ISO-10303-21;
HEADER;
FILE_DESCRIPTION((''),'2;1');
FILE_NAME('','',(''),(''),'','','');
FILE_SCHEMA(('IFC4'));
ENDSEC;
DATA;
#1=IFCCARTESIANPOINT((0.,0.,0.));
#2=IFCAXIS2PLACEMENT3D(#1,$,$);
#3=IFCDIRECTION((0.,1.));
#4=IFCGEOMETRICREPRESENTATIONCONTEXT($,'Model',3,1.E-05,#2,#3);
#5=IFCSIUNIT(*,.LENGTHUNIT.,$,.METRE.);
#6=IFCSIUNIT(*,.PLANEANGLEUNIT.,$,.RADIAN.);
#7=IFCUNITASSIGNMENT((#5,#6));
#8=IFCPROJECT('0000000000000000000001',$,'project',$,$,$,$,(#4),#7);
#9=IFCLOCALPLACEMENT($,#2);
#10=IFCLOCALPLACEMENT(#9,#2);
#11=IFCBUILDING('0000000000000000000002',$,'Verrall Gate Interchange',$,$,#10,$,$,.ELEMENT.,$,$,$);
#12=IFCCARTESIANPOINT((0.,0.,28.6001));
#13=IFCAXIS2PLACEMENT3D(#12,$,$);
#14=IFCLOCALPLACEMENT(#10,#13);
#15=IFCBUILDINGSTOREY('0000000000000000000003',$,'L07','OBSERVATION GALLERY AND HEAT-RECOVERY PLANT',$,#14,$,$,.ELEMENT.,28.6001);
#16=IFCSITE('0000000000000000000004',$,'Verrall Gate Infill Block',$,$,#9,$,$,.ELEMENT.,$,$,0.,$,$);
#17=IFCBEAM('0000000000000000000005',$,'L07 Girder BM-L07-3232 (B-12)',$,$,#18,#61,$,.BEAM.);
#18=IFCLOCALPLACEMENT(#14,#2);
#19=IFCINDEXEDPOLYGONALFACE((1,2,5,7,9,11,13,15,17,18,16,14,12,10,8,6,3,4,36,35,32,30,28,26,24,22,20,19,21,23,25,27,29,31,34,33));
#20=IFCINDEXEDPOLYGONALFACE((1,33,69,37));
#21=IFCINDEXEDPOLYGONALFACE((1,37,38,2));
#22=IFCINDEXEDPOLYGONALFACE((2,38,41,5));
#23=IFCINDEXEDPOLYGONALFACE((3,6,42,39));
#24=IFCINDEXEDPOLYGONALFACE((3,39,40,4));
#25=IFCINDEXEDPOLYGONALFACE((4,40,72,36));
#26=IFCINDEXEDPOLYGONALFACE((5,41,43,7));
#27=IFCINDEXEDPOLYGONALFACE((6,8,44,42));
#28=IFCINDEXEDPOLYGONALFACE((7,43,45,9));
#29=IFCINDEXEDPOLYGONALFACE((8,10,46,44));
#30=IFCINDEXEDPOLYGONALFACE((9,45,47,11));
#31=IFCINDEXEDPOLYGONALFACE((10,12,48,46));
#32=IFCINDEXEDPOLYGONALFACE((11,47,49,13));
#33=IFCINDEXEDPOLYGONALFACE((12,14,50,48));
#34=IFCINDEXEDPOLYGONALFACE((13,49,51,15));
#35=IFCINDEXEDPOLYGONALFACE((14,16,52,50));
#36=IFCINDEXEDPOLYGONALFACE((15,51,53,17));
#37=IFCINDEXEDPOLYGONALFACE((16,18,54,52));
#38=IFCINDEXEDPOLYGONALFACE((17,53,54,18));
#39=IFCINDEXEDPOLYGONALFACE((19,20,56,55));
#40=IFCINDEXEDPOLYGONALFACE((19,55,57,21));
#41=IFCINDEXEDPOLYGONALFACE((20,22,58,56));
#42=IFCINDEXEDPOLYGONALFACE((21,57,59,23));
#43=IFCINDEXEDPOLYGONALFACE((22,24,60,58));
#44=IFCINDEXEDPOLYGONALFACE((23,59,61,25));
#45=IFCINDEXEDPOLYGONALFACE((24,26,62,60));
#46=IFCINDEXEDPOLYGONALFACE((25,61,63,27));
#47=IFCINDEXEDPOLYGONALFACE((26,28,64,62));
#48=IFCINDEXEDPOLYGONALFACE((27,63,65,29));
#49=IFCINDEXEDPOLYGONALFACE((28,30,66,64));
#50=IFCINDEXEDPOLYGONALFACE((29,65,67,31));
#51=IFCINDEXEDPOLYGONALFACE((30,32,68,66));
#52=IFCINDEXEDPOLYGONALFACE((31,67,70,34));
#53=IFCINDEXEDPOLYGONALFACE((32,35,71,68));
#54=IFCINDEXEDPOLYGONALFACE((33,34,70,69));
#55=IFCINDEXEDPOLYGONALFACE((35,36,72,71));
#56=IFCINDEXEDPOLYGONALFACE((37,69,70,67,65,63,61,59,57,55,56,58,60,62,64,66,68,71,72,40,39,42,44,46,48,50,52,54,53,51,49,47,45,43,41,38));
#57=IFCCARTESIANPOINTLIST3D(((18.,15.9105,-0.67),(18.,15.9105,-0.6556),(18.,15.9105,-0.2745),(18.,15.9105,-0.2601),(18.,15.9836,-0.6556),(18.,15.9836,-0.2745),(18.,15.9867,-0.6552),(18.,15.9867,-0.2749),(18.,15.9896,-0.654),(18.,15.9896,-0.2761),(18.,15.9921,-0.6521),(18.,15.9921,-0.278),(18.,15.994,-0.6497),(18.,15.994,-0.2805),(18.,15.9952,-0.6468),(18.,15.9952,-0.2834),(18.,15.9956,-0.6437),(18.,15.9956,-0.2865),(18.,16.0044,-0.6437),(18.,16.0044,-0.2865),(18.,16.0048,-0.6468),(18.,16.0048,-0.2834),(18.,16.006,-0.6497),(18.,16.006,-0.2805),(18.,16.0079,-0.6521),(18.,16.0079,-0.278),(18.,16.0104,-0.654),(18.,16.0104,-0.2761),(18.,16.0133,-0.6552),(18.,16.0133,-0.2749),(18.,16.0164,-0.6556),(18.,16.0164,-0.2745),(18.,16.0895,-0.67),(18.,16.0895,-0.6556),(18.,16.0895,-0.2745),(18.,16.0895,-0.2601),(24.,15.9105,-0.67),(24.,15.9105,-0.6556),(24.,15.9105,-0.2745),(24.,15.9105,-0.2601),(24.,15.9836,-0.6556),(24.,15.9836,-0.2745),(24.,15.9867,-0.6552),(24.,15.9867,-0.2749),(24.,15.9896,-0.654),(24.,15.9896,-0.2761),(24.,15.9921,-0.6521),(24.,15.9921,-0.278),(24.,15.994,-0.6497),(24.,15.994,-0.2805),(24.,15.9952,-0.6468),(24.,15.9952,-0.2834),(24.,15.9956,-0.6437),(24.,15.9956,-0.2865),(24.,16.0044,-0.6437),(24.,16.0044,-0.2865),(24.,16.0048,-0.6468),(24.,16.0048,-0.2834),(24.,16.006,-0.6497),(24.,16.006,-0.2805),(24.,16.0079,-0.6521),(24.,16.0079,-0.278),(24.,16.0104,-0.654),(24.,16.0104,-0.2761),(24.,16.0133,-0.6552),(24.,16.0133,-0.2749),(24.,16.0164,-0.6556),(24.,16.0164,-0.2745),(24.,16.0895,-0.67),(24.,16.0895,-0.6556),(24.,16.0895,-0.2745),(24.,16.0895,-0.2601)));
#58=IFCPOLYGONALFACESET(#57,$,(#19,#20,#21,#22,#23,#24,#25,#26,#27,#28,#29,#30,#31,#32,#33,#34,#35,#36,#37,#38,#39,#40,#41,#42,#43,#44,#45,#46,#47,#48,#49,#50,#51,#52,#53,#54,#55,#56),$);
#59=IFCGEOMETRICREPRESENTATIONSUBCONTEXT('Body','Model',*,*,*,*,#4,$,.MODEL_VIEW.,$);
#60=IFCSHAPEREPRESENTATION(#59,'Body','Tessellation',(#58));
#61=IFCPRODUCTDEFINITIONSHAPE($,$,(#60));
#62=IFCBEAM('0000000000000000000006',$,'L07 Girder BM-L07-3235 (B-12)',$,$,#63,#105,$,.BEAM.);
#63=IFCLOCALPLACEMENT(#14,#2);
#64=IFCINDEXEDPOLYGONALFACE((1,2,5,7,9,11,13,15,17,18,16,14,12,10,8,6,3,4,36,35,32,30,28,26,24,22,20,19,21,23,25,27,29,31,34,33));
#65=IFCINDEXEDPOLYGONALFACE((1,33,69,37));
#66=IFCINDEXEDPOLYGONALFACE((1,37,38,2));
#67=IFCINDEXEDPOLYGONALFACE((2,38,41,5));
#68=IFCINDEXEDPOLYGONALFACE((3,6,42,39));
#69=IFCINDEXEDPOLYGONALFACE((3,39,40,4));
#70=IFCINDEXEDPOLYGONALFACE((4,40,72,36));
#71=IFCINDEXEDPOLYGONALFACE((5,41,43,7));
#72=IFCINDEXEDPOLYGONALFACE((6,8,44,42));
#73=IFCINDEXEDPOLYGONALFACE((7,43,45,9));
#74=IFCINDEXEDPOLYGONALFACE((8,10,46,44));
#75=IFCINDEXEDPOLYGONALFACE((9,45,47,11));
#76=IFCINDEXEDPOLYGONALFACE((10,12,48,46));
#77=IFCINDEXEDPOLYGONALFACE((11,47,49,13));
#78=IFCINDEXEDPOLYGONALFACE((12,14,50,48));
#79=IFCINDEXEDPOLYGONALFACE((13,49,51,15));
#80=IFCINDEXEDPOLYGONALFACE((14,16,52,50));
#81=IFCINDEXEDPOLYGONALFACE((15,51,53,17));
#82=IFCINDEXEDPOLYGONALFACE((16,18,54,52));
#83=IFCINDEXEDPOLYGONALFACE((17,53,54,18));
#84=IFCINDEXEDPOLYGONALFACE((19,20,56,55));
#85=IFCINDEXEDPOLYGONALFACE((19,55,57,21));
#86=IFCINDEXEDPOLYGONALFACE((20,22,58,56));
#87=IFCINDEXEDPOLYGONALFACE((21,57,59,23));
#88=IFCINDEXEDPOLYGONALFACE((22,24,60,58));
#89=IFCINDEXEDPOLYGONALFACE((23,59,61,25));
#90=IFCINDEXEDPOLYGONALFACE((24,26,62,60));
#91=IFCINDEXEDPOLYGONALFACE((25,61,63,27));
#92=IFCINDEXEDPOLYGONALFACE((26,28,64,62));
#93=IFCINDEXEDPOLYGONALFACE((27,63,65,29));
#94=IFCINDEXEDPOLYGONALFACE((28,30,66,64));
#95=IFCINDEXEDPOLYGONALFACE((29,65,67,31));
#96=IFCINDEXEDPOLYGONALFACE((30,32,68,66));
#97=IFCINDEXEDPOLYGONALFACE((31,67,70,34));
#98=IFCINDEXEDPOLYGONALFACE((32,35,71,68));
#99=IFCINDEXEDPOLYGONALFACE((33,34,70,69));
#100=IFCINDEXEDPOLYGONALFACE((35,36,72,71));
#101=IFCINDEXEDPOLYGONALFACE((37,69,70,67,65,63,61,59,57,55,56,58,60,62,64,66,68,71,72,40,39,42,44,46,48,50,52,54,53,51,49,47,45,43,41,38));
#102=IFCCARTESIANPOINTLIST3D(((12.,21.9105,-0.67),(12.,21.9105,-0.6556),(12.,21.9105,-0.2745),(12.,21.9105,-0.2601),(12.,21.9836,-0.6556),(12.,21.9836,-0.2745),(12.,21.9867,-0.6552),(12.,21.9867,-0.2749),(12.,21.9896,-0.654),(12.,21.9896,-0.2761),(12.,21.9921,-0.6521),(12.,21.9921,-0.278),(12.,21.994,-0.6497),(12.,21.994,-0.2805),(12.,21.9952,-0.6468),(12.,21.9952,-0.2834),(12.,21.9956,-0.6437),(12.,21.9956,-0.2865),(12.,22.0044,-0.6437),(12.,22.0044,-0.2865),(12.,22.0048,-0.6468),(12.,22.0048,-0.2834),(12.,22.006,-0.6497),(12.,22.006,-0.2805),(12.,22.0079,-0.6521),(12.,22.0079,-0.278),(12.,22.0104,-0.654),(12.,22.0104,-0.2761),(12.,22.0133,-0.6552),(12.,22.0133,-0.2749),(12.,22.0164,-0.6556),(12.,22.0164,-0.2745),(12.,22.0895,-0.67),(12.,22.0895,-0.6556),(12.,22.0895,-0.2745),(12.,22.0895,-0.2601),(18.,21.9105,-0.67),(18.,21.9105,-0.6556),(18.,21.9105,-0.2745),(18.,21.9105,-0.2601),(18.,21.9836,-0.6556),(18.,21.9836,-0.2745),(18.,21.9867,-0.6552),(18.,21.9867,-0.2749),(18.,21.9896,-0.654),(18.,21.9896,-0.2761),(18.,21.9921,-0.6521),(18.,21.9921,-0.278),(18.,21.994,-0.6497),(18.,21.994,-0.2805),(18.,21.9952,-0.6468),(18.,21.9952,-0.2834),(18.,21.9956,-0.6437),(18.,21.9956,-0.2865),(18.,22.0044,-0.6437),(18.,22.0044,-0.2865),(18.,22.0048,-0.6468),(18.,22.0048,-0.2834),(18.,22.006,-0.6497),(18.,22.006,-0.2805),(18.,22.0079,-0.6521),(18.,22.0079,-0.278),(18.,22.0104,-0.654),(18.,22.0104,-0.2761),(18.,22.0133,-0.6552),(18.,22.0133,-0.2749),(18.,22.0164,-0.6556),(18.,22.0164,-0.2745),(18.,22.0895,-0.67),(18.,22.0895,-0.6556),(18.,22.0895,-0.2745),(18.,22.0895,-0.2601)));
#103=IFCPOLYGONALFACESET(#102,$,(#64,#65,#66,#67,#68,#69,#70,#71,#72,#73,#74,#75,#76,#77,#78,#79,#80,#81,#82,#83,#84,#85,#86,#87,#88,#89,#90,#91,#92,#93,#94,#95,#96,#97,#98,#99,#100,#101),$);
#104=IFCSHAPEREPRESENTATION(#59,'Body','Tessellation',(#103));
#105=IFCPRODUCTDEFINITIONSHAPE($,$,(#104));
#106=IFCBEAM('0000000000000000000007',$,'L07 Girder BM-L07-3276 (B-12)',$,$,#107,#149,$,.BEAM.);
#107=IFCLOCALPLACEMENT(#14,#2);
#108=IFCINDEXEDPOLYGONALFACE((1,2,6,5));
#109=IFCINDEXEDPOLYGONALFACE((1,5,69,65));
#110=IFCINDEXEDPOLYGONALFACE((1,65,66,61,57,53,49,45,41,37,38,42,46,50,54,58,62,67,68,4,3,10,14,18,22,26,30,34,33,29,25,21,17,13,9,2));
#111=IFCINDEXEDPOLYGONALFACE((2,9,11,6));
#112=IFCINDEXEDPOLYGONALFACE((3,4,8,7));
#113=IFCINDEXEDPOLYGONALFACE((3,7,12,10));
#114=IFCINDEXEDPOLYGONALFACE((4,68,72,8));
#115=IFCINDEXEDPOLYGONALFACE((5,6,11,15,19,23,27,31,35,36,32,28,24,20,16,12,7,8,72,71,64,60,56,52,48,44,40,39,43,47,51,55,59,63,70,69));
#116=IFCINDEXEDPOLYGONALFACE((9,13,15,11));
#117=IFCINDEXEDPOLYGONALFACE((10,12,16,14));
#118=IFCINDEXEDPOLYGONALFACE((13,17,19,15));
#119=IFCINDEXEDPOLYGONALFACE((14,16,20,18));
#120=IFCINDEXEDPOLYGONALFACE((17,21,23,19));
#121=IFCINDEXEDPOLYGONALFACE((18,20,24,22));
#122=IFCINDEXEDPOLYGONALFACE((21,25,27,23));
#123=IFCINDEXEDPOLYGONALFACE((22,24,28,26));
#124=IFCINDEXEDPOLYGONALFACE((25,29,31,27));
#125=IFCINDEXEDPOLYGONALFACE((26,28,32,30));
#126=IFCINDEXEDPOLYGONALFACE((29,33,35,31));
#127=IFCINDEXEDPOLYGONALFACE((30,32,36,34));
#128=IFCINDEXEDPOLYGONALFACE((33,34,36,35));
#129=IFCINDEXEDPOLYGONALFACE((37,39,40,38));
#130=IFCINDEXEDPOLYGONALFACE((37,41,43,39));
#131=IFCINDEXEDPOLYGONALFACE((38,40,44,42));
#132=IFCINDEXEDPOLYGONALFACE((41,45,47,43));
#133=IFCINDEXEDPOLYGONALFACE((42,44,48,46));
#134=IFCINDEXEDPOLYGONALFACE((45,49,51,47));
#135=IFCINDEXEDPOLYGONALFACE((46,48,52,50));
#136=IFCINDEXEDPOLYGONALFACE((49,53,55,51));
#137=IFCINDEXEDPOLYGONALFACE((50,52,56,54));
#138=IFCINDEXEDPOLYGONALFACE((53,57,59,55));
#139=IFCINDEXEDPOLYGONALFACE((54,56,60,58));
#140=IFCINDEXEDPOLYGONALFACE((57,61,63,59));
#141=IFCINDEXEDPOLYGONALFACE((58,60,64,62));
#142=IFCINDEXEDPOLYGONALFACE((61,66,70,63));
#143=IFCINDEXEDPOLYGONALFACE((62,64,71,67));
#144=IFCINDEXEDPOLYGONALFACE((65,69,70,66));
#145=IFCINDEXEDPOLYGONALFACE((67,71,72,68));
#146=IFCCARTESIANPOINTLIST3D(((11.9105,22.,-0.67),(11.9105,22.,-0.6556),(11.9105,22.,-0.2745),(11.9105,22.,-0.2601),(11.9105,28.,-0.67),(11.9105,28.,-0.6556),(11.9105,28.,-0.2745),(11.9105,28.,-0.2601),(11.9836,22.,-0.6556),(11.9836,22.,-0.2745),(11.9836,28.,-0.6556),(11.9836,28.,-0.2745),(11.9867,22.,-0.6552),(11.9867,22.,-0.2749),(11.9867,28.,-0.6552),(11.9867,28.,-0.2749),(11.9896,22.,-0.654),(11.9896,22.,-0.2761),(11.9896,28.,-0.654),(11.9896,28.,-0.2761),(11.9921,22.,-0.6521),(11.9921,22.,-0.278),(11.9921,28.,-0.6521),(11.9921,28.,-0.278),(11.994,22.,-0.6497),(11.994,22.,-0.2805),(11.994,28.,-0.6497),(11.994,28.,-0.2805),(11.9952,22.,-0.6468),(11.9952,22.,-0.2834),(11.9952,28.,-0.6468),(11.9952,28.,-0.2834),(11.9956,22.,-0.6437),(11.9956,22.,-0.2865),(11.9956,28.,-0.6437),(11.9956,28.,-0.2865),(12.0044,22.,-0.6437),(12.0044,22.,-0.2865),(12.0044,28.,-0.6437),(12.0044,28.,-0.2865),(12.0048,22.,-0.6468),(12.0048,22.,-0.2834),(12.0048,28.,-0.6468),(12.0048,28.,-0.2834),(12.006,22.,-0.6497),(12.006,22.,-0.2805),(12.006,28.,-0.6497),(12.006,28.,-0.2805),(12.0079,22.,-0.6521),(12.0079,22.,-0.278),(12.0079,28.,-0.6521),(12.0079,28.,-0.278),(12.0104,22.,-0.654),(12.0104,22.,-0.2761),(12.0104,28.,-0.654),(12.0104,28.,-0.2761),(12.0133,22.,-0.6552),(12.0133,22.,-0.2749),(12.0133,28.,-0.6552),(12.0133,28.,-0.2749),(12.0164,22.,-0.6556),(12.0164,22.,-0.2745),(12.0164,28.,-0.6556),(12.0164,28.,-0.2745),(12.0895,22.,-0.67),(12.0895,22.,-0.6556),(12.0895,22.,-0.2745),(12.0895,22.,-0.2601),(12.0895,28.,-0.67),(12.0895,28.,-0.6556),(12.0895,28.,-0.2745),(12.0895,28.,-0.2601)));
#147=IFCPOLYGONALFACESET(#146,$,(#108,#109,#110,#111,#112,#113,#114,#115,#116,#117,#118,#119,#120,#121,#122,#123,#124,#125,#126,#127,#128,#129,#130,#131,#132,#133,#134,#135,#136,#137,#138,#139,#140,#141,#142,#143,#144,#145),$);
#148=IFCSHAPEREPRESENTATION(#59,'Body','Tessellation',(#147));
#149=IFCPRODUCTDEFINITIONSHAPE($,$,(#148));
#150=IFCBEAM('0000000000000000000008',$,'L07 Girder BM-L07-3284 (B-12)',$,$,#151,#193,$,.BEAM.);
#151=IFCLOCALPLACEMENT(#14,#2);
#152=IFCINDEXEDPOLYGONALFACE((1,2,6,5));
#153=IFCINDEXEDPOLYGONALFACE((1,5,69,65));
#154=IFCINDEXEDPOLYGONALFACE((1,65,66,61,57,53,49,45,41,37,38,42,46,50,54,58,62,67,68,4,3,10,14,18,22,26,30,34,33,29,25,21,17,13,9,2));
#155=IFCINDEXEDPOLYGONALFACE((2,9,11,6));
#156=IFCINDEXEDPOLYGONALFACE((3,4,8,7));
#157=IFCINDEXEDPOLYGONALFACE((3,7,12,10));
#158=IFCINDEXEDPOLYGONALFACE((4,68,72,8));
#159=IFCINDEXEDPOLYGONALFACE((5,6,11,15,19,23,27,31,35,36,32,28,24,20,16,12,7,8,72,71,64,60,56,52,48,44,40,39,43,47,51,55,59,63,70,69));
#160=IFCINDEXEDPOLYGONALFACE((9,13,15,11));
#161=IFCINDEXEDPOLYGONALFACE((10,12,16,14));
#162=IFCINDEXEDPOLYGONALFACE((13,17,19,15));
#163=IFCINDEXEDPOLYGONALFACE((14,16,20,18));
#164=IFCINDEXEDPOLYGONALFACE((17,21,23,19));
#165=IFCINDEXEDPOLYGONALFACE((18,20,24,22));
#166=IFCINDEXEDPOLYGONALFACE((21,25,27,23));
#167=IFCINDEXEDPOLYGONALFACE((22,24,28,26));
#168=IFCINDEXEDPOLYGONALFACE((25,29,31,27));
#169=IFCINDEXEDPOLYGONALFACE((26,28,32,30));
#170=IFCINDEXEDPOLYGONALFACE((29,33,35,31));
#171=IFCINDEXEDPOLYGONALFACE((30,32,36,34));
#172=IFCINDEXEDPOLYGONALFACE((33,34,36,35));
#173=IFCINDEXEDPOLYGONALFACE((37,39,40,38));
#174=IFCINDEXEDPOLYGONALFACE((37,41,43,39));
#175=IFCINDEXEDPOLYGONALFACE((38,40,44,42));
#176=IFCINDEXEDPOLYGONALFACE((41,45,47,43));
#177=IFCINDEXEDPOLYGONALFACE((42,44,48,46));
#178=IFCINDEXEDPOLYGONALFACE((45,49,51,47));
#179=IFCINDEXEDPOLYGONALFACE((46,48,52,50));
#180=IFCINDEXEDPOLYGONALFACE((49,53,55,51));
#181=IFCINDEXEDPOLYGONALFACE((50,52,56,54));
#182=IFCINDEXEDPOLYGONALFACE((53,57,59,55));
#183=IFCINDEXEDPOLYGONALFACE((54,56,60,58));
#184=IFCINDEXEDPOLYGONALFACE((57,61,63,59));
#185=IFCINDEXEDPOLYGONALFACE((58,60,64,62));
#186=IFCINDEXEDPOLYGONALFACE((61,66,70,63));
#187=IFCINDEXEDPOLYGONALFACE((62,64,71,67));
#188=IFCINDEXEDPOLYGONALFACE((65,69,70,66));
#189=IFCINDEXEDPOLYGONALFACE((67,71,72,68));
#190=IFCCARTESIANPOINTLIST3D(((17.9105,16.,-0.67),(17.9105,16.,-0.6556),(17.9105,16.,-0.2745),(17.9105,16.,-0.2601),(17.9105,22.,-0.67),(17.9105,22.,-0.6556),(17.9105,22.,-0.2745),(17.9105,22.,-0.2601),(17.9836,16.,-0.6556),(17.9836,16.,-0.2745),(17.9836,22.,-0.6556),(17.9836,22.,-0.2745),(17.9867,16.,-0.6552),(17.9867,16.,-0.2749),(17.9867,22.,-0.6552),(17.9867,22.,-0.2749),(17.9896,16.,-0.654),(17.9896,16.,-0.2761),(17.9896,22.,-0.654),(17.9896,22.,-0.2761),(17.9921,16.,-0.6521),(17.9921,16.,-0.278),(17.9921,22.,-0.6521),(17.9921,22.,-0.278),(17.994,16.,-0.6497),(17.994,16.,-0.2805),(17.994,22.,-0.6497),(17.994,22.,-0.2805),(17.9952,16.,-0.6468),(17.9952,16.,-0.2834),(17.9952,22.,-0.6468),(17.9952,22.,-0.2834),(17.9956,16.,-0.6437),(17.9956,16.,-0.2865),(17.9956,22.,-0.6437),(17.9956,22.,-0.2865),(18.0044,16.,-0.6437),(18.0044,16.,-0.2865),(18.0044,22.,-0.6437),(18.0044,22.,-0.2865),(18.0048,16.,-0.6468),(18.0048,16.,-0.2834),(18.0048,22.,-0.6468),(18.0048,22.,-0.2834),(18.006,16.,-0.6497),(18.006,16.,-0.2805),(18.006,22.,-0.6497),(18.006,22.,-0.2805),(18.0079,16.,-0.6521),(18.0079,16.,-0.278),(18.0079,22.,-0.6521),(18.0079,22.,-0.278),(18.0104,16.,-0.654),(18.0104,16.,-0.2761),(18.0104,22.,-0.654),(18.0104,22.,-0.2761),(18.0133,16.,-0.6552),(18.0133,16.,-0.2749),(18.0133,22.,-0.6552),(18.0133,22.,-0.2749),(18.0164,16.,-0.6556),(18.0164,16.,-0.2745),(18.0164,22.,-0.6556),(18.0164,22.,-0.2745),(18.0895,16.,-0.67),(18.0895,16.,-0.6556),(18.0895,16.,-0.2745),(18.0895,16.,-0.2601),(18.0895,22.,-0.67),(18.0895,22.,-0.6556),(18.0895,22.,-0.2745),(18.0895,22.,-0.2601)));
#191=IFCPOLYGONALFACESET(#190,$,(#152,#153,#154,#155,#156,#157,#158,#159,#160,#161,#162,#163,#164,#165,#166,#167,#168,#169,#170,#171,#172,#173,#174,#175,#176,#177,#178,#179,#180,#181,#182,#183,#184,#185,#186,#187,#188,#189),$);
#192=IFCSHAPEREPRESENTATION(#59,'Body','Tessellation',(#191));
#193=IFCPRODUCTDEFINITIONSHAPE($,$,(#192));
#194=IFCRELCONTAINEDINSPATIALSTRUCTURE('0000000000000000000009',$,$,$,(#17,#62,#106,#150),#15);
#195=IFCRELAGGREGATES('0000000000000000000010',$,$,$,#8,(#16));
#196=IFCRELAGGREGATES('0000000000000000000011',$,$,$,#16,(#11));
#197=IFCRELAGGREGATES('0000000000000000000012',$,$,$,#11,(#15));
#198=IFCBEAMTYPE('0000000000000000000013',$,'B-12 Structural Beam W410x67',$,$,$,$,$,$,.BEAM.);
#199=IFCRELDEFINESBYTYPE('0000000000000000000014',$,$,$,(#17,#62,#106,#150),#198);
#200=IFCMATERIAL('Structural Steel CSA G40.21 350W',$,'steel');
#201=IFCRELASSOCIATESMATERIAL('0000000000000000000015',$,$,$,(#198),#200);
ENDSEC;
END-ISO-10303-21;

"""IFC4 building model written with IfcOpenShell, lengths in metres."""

from ifc_helpers import new_model, si_unit, direction, frame, origin, origin_2d, place, context, subcontext, project, spatial, i_section, extrude, material, material_profile, profile_set, type_object, element, save


model = new_model("IFC4")

# Units and contexts
model_context = context("Model", 3, precision=1e-05, world=origin(), true_north=direction((0.0, 1.0)))
body_context = subcontext(model_context, "Body", "Model", "MODEL_VIEW")
ifc_project = project(units=[si_unit("LENGTHUNIT", "METRE"), si_unit("PLANEANGLEUNIT", "RADIAN")], contexts=[model_context])

# Site, building, storey
site_placement = place(None, origin())
site = spatial("IfcSite", under=ifc_project, at=site_placement, Name="Verrall Gate Infill Block", CompositionType="ELEMENT", RefElevation=0.0)
building_placement = place(site_placement, origin())
building = spatial("IfcBuilding", under=site, at=building_placement, Name="Verrall Gate Interchange", CompositionType="ELEMENT")
storey_placement = place(building_placement, frame((0.0, 0.0, 28.6001)))
storey = spatial("IfcBuildingStorey", under=building, at=storey_placement, Name="L07", Description="OBSERVATION GALLERY AND HEAT-RECOVERY PLANT", CompositionType="ELEMENT", Elevation=28.6001)

# Beams
ifc_material_1 = material(Name="Structural Steel CSA G40.21 350W", Category="steel")
ifc_material_profile_1 = material_profile(ifc_material_1, i_section(OverallWidth=0.179, OverallDepth=0.4099, WebThickness=0.0088, FlangeThickness=0.0144, FilletRadius=0.012, at=origin_2d()), Name="W410x67")
ifc_profile_set_1 = profile_set([ifc_material_profile_1], Name="Structural Steel CSA G40.21 350W")
beam_type_1 = type_object("IfcBeamType", Name="B-12 Structural Beam W410x67", PredefinedType="BEAM", material=ifc_profile_set_1)
for number, where, z_axis, x_axis, name in (
    (1, (18.0, 16.0, -0.4651), (1.0, 0.0, 0.0), (0.0, 1.0, 0.0), "L07 Girder BM-L07-3232 (B-12)"),
    (2, (12.0, 22.0, -0.4651), (1.0, 0.0, 0.0), (0.0, 1.0, 0.0), "L07 Girder BM-L07-3235 (B-12)"),
    (3, (12.0, 22.0, -0.4651), (0.0, 1.0, 0.0), (-1.0, 0.0, 0.0), "L07 Girder BM-L07-3276 (B-12)"),
    (4, (18.0, 16.0, -0.4651), (0.0, 1.0, 0.0), (-1.0, 0.0, 0.0), "L07 Girder BM-L07-3284 (B-12)"),
):
    element("IfcBeam", number, at=place(storey_placement, frame(where, z_axis=z_axis, x_axis=x_axis)), inside=storey, type_object=beam_type_1, Name=name, PredefinedType="BEAM", context=body_context, shape_type="SweptSolid", body=[
        extrude(i_section(OverallWidth=0.179, OverallDepth=0.4099, WebThickness=0.0088, FlangeThickness=0.0144, FilletRadius=0.012, at=origin_2d()), origin(), (0.0, 0.0, 1.0), 6.0),
    ])

save(model, "model.ifc")
